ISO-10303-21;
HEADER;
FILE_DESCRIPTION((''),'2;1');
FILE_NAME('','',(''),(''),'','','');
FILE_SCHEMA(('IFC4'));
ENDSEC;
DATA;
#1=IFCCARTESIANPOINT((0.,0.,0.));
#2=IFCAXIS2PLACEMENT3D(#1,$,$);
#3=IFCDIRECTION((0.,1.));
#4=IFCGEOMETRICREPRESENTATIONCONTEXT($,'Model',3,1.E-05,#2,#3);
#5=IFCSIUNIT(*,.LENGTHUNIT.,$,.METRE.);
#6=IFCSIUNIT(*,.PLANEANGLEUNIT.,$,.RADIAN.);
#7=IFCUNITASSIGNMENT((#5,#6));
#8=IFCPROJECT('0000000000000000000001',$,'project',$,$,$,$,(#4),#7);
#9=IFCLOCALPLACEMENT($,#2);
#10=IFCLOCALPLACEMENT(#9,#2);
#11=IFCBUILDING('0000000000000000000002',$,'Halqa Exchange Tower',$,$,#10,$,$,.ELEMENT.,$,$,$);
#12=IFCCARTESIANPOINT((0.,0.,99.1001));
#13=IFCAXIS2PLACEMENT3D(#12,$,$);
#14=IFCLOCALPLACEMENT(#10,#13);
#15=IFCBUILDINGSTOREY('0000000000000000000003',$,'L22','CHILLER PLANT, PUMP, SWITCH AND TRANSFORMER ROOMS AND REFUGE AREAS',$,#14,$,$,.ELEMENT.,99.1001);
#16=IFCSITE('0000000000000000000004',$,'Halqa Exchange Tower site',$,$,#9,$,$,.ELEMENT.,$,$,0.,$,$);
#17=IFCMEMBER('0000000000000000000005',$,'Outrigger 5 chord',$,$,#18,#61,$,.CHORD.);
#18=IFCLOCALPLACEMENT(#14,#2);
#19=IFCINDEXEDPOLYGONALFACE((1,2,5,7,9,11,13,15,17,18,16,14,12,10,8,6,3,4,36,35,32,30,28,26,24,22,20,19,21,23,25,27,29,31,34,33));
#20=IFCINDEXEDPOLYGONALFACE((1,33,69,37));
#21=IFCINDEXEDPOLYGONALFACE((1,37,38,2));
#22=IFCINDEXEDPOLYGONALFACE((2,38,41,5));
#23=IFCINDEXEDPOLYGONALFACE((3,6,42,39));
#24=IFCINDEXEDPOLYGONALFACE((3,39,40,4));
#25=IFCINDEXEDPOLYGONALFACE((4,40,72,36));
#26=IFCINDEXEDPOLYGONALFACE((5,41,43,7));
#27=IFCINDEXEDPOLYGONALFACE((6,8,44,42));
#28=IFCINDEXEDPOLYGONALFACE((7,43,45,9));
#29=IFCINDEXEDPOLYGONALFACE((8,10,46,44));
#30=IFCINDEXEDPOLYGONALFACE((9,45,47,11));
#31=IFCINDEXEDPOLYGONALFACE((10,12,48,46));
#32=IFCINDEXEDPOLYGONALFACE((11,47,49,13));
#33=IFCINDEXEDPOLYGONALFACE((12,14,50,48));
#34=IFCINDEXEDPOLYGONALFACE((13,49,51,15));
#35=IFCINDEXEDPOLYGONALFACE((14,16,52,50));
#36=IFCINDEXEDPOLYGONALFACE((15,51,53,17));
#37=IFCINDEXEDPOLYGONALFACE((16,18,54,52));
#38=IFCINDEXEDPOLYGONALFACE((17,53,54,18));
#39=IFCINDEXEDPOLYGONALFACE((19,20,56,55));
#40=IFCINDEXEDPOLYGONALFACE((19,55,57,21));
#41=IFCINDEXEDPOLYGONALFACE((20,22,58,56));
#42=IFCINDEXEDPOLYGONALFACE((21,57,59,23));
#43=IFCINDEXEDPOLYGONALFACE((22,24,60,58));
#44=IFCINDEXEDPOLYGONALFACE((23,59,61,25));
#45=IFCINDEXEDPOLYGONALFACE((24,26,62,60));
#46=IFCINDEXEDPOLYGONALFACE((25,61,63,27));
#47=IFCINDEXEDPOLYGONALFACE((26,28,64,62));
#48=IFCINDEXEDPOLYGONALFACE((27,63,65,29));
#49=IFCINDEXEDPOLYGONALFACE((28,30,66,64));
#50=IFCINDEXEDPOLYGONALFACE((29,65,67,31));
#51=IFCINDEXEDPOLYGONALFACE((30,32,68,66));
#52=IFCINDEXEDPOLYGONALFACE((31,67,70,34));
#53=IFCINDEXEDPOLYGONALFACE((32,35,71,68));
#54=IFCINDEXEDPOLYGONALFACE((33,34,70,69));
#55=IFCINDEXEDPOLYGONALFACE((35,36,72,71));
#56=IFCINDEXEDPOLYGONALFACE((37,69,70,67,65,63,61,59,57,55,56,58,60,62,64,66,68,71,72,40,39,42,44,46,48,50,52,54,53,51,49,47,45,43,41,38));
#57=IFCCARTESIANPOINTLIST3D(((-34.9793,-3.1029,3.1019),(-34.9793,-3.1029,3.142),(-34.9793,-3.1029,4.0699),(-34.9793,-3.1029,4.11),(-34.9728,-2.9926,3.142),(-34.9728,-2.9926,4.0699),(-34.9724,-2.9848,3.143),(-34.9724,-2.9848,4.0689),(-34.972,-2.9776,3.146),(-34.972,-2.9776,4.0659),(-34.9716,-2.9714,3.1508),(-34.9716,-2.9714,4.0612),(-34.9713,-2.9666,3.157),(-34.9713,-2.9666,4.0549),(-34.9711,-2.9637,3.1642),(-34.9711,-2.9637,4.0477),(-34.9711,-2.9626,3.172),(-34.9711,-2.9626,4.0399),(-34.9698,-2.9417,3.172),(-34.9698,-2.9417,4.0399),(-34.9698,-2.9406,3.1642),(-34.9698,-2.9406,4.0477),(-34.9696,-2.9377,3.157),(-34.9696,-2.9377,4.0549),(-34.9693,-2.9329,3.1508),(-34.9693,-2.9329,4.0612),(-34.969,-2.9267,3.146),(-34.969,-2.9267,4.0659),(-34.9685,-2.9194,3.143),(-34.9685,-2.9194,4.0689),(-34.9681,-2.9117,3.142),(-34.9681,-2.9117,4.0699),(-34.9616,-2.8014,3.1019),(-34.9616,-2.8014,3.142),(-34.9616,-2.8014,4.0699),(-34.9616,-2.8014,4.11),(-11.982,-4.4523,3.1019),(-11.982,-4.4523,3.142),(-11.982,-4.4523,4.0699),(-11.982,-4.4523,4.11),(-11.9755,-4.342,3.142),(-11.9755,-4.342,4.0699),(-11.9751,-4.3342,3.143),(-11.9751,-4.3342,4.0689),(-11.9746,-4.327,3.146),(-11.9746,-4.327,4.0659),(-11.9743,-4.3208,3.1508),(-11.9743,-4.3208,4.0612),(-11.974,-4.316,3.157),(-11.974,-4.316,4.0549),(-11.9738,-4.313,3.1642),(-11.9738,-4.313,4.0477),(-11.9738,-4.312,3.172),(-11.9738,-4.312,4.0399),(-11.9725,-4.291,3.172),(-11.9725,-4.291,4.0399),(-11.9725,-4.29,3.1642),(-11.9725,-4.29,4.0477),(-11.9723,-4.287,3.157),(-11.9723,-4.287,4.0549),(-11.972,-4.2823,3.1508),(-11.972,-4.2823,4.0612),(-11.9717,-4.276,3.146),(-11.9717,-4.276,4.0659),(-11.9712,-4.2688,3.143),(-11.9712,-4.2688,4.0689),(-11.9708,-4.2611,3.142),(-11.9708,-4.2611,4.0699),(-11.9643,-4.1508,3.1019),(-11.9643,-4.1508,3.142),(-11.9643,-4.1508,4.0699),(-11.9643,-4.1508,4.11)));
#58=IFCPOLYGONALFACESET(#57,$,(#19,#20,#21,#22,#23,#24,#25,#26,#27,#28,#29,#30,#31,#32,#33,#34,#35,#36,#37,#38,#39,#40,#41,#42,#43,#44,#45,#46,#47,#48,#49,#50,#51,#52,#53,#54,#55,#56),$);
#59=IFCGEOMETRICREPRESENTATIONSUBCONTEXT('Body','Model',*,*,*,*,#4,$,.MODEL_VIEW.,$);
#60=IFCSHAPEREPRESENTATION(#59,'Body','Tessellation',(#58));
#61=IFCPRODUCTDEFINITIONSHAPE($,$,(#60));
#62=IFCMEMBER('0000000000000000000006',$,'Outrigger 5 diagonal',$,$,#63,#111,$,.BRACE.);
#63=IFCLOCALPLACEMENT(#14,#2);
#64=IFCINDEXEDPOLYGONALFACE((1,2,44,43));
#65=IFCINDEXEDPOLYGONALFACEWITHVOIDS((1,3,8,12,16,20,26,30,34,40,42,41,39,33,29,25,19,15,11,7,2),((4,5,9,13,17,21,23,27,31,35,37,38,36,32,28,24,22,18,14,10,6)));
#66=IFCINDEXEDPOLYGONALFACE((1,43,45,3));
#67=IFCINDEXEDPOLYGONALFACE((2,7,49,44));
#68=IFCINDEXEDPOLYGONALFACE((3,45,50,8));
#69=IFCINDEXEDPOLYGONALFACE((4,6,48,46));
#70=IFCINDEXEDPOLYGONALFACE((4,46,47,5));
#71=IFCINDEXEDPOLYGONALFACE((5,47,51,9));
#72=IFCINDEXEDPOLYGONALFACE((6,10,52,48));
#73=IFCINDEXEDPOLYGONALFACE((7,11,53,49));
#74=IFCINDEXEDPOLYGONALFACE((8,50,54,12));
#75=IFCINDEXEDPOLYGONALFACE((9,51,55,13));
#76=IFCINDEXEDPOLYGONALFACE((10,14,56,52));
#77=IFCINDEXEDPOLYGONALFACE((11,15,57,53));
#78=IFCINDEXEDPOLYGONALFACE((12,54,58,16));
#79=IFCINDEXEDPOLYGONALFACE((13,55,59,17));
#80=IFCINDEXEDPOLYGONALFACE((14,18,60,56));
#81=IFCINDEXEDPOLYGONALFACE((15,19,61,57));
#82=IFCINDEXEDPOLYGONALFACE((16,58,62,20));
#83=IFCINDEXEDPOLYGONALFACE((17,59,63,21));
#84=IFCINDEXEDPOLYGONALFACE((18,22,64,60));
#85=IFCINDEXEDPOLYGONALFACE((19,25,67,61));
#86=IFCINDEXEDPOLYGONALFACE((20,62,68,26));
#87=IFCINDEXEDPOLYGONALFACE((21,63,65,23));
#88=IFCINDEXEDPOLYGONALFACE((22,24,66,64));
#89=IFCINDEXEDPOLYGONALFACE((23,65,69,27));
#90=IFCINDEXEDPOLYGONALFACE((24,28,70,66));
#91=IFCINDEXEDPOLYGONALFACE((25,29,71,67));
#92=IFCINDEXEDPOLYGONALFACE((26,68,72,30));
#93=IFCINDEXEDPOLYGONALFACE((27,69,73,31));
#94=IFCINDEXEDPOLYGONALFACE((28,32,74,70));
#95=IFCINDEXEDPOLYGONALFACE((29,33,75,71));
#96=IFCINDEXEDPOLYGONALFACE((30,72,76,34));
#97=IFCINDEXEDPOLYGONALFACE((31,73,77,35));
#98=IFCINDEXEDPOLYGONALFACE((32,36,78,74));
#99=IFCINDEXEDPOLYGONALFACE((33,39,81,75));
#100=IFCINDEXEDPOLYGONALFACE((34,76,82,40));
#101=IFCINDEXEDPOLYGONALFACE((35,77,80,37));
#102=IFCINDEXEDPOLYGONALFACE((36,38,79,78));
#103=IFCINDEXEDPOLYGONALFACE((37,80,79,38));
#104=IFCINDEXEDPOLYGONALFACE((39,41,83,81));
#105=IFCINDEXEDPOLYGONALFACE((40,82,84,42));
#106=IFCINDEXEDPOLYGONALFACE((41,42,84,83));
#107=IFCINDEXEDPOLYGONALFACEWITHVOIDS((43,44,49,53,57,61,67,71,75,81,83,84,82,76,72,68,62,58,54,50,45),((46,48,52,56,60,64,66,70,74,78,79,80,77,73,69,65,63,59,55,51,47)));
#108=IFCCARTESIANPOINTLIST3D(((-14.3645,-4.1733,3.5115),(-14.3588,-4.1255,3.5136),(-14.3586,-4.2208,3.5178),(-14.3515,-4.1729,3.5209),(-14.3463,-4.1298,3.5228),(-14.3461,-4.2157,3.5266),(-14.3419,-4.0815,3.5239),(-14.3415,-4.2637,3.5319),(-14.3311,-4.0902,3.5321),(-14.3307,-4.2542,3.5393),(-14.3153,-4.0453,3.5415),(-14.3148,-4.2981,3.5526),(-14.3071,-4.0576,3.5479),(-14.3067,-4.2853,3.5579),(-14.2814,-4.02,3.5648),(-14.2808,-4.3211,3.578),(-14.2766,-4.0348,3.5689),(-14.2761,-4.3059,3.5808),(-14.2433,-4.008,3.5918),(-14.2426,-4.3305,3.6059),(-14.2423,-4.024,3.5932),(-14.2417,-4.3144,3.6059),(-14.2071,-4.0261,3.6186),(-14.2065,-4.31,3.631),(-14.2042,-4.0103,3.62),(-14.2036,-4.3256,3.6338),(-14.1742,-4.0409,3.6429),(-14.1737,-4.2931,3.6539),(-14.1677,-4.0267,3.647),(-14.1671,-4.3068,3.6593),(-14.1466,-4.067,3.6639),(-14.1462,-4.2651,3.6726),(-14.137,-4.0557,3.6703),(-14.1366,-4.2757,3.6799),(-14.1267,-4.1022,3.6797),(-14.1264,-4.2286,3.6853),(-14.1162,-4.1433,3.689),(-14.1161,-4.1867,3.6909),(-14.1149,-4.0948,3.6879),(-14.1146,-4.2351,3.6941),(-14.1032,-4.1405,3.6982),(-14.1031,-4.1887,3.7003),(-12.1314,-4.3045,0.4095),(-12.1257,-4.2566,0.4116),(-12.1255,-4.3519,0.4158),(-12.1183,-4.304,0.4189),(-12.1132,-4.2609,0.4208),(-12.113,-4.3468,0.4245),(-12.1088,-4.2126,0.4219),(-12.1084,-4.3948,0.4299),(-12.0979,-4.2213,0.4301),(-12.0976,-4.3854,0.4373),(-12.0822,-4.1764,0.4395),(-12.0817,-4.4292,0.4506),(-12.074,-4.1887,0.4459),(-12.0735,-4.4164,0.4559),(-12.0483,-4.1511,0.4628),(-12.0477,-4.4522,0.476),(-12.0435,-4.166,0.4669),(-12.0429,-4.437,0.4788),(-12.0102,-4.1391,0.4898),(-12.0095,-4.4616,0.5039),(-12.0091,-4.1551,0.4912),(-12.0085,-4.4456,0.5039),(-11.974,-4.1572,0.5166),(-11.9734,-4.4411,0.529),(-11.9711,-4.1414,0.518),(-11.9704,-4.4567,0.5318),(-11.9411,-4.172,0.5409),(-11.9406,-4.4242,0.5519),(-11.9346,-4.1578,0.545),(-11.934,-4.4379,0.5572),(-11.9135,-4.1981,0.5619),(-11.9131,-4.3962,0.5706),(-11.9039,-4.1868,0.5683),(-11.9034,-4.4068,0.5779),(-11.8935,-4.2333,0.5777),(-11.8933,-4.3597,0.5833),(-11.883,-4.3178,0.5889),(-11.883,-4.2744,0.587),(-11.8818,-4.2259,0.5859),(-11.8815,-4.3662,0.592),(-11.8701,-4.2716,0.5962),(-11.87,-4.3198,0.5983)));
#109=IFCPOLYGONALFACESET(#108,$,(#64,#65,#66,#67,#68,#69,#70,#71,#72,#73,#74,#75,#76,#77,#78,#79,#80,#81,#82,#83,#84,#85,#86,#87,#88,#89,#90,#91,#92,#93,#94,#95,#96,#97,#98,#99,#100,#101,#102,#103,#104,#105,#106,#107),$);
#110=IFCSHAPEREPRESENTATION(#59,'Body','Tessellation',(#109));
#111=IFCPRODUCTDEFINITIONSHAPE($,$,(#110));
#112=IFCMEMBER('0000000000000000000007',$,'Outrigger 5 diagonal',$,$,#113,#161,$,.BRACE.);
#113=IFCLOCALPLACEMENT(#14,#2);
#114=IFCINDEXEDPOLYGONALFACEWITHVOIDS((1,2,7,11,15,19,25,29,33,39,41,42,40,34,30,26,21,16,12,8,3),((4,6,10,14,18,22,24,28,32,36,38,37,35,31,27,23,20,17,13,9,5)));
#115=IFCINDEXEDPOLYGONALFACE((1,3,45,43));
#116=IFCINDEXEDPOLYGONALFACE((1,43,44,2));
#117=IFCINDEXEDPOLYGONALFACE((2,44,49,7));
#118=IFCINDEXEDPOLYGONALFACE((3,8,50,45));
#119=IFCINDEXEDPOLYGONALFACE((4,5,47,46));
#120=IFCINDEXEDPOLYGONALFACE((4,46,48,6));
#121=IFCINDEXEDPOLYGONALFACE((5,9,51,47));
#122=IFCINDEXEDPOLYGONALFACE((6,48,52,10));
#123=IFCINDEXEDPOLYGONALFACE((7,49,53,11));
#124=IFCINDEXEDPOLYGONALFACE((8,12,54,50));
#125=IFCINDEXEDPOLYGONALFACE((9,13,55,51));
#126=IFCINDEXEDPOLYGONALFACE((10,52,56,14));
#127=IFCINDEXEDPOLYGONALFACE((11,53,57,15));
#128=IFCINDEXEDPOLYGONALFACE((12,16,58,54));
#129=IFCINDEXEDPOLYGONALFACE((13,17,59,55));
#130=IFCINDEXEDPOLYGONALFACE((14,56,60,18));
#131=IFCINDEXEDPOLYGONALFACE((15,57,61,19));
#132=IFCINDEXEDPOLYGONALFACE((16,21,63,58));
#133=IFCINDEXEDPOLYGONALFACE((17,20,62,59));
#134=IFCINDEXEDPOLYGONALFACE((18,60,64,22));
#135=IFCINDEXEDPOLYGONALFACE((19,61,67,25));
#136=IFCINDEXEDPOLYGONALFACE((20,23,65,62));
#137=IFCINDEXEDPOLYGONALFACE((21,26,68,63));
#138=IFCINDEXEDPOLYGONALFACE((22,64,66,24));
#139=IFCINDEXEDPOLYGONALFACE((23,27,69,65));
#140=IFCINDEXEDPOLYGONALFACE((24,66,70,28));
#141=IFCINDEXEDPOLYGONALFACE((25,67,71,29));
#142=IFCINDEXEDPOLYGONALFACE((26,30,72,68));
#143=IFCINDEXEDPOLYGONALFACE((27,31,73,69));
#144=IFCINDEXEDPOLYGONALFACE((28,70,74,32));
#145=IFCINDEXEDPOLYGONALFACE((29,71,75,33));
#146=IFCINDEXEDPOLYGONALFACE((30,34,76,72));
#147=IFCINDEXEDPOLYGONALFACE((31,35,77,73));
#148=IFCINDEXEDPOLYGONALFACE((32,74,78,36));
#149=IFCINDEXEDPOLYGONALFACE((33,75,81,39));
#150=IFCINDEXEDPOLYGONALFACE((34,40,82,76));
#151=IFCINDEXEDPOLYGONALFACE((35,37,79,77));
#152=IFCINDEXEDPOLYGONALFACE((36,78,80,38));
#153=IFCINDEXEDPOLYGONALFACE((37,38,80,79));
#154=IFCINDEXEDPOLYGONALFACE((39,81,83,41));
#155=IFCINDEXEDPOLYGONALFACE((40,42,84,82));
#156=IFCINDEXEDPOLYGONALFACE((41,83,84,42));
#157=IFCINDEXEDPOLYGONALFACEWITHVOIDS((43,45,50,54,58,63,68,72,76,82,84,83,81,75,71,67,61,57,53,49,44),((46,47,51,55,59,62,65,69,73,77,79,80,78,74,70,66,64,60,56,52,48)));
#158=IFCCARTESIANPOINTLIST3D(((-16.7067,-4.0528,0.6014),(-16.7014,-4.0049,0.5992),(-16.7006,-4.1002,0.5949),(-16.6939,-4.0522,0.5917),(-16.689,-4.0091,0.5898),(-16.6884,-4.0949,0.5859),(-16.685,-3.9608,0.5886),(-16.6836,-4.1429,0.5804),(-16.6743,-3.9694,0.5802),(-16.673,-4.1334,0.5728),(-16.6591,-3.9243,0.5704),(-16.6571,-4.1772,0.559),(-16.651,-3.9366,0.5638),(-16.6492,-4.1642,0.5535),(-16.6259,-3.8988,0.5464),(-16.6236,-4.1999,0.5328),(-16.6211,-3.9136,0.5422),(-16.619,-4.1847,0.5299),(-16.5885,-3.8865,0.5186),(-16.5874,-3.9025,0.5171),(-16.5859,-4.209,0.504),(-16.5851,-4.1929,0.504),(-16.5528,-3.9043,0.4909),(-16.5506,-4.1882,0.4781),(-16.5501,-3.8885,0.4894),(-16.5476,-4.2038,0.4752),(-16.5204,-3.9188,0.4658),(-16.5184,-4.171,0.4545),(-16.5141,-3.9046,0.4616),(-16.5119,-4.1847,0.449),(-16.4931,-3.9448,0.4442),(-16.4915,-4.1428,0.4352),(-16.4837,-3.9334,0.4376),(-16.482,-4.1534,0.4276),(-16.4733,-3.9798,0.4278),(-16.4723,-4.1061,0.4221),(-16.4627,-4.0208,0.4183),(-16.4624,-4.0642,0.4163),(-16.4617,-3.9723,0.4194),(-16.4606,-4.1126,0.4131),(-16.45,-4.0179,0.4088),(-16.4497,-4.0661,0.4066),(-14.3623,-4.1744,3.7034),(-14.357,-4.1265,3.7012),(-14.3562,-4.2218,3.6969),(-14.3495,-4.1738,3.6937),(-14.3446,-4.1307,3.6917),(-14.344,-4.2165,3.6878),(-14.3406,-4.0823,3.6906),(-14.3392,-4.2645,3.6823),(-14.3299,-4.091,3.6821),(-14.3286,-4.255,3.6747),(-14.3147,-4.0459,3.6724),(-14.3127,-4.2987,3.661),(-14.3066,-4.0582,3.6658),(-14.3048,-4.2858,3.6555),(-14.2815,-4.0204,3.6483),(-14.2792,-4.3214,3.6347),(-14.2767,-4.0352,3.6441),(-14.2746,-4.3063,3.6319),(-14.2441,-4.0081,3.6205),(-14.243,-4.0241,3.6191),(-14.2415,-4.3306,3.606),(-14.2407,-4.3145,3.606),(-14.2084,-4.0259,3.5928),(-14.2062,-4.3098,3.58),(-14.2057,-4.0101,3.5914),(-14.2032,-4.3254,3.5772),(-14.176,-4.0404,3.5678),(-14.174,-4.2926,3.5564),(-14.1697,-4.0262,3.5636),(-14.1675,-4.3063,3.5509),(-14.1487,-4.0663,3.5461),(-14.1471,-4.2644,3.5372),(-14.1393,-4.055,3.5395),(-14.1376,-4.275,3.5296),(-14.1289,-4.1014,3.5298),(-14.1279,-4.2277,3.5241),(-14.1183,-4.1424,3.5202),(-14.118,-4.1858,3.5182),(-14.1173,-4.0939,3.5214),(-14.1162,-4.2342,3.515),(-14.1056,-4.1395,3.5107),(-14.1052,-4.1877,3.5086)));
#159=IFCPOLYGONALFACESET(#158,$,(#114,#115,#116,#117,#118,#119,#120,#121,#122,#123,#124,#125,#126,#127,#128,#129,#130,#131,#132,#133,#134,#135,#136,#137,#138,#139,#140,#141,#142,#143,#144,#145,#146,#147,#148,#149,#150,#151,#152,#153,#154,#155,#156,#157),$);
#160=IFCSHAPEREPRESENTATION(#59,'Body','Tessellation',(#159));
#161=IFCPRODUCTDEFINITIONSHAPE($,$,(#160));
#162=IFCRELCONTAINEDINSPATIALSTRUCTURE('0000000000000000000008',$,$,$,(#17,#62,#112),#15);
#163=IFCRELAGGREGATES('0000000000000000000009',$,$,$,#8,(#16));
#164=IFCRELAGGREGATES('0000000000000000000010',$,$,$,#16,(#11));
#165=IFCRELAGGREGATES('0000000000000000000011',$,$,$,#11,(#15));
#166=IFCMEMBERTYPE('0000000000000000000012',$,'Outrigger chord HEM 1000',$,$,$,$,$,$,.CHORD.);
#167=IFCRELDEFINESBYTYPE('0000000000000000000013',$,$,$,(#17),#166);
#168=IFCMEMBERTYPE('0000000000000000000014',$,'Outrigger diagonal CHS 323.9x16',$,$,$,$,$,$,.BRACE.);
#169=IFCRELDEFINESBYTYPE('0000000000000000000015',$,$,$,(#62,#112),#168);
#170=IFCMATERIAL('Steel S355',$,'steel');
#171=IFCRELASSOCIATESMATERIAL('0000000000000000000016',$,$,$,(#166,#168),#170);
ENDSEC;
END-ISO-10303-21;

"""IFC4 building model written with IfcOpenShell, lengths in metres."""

from ifc_helpers import new_model, si_unit, direction, frame, origin, origin_2d, place, context, subcontext, project, spatial, hollow_circle, i_section, extrude, material, material_profile, profile_set, type_object, element, save


model = new_model("IFC4")

# Units and contexts
model_context = context("Model", 3, precision=1e-05, world=origin(), true_north=direction((0.0, 1.0)))
body_context = subcontext(model_context, "Body", "Model", "MODEL_VIEW")
ifc_project = project(units=[si_unit("LENGTHUNIT", "METRE"), si_unit("PLANEANGLEUNIT", "RADIAN")], contexts=[model_context])

# Site, building, storey
site_placement = place(None, origin())
site = spatial("IfcSite", under=ifc_project, at=site_placement, Name="Halqa Exchange Tower site", CompositionType="ELEMENT", RefElevation=0.0)
building_placement = place(site_placement, origin())
building = spatial("IfcBuilding", under=site, at=building_placement, Name="Halqa Exchange Tower", CompositionType="ELEMENT")
storey_placement = place(building_placement, frame((0.0, 0.0, 99.1001)))
storey = spatial("IfcBuildingStorey", under=building, at=storey_placement, Name="L22", Description="CHILLER PLANT, PUMP, SWITCH AND TRANSFORMER ROOMS AND REFUGE AREAS", CompositionType="ELEMENT", Elevation=99.1001)

# Shared definitions
ifc_material_1 = material(Name="Steel S355", Category="steel")

# Members
ifc_material_profile_1 = material_profile(ifc_material_1, i_section(OverallWidth=0.302, OverallDepth=1.0081, WebThickness=0.021, FlangeThickness=0.04, FilletRadius=0.03, at=origin_2d()), Name="HEM 1000")
ifc_profile_set_1 = profile_set([ifc_material_profile_1], Name="Steel S355")
member_type_1 = type_object("IfcMemberType", Name="Outrigger chord HEM 1000", PredefinedType="CHORD", material=ifc_profile_set_1)
member_1_placement = place(storey_placement, frame((-11.9731, -4.3015, 3.606), z_axis=(-0.998283, 0.058574, 0.0), x_axis=(-0.058574, -0.998283, 0.0)))
element("IfcMember", 1, at=member_1_placement, inside=storey, type_object=member_type_1, Name="Outrigger 5 chord", PredefinedType="CHORD", context=body_context, shape_type="SweptSolid", body=[
    extrude(i_section(OverallWidth=0.302, OverallDepth=1.0081, WebThickness=0.021, FlangeThickness=0.04, FilletRadius=0.03, at=origin_2d()), origin(), (0.0, 0.0, 1.0), 23.0369),
])
ifc_material_profile_2 = material_profile(ifc_material_1, hollow_circle(Radius=0.1619, WallThickness=0.0161, at=origin_2d()), Name="CHS 323.9x16")
ifc_profile_set_2 = profile_set([ifc_material_profile_2], Name="Steel S355")
member_type_2 = type_object("IfcMemberType", Name="Outrigger diagonal CHS 323.9x16", PredefinedType="BRACE", material=ifc_profile_set_2)
member_2_placement = place(storey_placement, frame((-12.0, -4.3, 0.5039), z_axis=(-0.583906, 0.03428, 0.811097), x_axis=(-0.058607, -0.998281, 0.0)))
element("IfcMember", 2, at=member_2_placement, inside=storey, type_object=member_type_2, Name="Outrigger 5 diagonal", PredefinedType="BRACE", context=body_context, shape_type="SweptSolid", body=[
    extrude(hollow_circle(Radius=0.1619, WallThickness=0.0161, at=origin_2d()), origin(), (0.0, 0.0, 1.0), 3.8245),
])
member_3_placement = place(storey_placement, frame((-14.2332, -4.1689, 3.606), z_axis=(-0.602655, 0.031253, -0.79739), x_axis=(-0.051789, -0.998658, 0.0)))
element("IfcMember", 3, at=member_3_placement, inside=storey, type_object=member_type_2, Name="Outrigger 5 diagonal", PredefinedType="BRACE", context=body_context, shape_type="SweptSolid", body=[
    extrude(hollow_circle(Radius=0.1619, WallThickness=0.0161, at=origin_2d()), origin(), (0.0, 0.0, 1.0), 3.8901),
])

save(model, "model.ifc")
